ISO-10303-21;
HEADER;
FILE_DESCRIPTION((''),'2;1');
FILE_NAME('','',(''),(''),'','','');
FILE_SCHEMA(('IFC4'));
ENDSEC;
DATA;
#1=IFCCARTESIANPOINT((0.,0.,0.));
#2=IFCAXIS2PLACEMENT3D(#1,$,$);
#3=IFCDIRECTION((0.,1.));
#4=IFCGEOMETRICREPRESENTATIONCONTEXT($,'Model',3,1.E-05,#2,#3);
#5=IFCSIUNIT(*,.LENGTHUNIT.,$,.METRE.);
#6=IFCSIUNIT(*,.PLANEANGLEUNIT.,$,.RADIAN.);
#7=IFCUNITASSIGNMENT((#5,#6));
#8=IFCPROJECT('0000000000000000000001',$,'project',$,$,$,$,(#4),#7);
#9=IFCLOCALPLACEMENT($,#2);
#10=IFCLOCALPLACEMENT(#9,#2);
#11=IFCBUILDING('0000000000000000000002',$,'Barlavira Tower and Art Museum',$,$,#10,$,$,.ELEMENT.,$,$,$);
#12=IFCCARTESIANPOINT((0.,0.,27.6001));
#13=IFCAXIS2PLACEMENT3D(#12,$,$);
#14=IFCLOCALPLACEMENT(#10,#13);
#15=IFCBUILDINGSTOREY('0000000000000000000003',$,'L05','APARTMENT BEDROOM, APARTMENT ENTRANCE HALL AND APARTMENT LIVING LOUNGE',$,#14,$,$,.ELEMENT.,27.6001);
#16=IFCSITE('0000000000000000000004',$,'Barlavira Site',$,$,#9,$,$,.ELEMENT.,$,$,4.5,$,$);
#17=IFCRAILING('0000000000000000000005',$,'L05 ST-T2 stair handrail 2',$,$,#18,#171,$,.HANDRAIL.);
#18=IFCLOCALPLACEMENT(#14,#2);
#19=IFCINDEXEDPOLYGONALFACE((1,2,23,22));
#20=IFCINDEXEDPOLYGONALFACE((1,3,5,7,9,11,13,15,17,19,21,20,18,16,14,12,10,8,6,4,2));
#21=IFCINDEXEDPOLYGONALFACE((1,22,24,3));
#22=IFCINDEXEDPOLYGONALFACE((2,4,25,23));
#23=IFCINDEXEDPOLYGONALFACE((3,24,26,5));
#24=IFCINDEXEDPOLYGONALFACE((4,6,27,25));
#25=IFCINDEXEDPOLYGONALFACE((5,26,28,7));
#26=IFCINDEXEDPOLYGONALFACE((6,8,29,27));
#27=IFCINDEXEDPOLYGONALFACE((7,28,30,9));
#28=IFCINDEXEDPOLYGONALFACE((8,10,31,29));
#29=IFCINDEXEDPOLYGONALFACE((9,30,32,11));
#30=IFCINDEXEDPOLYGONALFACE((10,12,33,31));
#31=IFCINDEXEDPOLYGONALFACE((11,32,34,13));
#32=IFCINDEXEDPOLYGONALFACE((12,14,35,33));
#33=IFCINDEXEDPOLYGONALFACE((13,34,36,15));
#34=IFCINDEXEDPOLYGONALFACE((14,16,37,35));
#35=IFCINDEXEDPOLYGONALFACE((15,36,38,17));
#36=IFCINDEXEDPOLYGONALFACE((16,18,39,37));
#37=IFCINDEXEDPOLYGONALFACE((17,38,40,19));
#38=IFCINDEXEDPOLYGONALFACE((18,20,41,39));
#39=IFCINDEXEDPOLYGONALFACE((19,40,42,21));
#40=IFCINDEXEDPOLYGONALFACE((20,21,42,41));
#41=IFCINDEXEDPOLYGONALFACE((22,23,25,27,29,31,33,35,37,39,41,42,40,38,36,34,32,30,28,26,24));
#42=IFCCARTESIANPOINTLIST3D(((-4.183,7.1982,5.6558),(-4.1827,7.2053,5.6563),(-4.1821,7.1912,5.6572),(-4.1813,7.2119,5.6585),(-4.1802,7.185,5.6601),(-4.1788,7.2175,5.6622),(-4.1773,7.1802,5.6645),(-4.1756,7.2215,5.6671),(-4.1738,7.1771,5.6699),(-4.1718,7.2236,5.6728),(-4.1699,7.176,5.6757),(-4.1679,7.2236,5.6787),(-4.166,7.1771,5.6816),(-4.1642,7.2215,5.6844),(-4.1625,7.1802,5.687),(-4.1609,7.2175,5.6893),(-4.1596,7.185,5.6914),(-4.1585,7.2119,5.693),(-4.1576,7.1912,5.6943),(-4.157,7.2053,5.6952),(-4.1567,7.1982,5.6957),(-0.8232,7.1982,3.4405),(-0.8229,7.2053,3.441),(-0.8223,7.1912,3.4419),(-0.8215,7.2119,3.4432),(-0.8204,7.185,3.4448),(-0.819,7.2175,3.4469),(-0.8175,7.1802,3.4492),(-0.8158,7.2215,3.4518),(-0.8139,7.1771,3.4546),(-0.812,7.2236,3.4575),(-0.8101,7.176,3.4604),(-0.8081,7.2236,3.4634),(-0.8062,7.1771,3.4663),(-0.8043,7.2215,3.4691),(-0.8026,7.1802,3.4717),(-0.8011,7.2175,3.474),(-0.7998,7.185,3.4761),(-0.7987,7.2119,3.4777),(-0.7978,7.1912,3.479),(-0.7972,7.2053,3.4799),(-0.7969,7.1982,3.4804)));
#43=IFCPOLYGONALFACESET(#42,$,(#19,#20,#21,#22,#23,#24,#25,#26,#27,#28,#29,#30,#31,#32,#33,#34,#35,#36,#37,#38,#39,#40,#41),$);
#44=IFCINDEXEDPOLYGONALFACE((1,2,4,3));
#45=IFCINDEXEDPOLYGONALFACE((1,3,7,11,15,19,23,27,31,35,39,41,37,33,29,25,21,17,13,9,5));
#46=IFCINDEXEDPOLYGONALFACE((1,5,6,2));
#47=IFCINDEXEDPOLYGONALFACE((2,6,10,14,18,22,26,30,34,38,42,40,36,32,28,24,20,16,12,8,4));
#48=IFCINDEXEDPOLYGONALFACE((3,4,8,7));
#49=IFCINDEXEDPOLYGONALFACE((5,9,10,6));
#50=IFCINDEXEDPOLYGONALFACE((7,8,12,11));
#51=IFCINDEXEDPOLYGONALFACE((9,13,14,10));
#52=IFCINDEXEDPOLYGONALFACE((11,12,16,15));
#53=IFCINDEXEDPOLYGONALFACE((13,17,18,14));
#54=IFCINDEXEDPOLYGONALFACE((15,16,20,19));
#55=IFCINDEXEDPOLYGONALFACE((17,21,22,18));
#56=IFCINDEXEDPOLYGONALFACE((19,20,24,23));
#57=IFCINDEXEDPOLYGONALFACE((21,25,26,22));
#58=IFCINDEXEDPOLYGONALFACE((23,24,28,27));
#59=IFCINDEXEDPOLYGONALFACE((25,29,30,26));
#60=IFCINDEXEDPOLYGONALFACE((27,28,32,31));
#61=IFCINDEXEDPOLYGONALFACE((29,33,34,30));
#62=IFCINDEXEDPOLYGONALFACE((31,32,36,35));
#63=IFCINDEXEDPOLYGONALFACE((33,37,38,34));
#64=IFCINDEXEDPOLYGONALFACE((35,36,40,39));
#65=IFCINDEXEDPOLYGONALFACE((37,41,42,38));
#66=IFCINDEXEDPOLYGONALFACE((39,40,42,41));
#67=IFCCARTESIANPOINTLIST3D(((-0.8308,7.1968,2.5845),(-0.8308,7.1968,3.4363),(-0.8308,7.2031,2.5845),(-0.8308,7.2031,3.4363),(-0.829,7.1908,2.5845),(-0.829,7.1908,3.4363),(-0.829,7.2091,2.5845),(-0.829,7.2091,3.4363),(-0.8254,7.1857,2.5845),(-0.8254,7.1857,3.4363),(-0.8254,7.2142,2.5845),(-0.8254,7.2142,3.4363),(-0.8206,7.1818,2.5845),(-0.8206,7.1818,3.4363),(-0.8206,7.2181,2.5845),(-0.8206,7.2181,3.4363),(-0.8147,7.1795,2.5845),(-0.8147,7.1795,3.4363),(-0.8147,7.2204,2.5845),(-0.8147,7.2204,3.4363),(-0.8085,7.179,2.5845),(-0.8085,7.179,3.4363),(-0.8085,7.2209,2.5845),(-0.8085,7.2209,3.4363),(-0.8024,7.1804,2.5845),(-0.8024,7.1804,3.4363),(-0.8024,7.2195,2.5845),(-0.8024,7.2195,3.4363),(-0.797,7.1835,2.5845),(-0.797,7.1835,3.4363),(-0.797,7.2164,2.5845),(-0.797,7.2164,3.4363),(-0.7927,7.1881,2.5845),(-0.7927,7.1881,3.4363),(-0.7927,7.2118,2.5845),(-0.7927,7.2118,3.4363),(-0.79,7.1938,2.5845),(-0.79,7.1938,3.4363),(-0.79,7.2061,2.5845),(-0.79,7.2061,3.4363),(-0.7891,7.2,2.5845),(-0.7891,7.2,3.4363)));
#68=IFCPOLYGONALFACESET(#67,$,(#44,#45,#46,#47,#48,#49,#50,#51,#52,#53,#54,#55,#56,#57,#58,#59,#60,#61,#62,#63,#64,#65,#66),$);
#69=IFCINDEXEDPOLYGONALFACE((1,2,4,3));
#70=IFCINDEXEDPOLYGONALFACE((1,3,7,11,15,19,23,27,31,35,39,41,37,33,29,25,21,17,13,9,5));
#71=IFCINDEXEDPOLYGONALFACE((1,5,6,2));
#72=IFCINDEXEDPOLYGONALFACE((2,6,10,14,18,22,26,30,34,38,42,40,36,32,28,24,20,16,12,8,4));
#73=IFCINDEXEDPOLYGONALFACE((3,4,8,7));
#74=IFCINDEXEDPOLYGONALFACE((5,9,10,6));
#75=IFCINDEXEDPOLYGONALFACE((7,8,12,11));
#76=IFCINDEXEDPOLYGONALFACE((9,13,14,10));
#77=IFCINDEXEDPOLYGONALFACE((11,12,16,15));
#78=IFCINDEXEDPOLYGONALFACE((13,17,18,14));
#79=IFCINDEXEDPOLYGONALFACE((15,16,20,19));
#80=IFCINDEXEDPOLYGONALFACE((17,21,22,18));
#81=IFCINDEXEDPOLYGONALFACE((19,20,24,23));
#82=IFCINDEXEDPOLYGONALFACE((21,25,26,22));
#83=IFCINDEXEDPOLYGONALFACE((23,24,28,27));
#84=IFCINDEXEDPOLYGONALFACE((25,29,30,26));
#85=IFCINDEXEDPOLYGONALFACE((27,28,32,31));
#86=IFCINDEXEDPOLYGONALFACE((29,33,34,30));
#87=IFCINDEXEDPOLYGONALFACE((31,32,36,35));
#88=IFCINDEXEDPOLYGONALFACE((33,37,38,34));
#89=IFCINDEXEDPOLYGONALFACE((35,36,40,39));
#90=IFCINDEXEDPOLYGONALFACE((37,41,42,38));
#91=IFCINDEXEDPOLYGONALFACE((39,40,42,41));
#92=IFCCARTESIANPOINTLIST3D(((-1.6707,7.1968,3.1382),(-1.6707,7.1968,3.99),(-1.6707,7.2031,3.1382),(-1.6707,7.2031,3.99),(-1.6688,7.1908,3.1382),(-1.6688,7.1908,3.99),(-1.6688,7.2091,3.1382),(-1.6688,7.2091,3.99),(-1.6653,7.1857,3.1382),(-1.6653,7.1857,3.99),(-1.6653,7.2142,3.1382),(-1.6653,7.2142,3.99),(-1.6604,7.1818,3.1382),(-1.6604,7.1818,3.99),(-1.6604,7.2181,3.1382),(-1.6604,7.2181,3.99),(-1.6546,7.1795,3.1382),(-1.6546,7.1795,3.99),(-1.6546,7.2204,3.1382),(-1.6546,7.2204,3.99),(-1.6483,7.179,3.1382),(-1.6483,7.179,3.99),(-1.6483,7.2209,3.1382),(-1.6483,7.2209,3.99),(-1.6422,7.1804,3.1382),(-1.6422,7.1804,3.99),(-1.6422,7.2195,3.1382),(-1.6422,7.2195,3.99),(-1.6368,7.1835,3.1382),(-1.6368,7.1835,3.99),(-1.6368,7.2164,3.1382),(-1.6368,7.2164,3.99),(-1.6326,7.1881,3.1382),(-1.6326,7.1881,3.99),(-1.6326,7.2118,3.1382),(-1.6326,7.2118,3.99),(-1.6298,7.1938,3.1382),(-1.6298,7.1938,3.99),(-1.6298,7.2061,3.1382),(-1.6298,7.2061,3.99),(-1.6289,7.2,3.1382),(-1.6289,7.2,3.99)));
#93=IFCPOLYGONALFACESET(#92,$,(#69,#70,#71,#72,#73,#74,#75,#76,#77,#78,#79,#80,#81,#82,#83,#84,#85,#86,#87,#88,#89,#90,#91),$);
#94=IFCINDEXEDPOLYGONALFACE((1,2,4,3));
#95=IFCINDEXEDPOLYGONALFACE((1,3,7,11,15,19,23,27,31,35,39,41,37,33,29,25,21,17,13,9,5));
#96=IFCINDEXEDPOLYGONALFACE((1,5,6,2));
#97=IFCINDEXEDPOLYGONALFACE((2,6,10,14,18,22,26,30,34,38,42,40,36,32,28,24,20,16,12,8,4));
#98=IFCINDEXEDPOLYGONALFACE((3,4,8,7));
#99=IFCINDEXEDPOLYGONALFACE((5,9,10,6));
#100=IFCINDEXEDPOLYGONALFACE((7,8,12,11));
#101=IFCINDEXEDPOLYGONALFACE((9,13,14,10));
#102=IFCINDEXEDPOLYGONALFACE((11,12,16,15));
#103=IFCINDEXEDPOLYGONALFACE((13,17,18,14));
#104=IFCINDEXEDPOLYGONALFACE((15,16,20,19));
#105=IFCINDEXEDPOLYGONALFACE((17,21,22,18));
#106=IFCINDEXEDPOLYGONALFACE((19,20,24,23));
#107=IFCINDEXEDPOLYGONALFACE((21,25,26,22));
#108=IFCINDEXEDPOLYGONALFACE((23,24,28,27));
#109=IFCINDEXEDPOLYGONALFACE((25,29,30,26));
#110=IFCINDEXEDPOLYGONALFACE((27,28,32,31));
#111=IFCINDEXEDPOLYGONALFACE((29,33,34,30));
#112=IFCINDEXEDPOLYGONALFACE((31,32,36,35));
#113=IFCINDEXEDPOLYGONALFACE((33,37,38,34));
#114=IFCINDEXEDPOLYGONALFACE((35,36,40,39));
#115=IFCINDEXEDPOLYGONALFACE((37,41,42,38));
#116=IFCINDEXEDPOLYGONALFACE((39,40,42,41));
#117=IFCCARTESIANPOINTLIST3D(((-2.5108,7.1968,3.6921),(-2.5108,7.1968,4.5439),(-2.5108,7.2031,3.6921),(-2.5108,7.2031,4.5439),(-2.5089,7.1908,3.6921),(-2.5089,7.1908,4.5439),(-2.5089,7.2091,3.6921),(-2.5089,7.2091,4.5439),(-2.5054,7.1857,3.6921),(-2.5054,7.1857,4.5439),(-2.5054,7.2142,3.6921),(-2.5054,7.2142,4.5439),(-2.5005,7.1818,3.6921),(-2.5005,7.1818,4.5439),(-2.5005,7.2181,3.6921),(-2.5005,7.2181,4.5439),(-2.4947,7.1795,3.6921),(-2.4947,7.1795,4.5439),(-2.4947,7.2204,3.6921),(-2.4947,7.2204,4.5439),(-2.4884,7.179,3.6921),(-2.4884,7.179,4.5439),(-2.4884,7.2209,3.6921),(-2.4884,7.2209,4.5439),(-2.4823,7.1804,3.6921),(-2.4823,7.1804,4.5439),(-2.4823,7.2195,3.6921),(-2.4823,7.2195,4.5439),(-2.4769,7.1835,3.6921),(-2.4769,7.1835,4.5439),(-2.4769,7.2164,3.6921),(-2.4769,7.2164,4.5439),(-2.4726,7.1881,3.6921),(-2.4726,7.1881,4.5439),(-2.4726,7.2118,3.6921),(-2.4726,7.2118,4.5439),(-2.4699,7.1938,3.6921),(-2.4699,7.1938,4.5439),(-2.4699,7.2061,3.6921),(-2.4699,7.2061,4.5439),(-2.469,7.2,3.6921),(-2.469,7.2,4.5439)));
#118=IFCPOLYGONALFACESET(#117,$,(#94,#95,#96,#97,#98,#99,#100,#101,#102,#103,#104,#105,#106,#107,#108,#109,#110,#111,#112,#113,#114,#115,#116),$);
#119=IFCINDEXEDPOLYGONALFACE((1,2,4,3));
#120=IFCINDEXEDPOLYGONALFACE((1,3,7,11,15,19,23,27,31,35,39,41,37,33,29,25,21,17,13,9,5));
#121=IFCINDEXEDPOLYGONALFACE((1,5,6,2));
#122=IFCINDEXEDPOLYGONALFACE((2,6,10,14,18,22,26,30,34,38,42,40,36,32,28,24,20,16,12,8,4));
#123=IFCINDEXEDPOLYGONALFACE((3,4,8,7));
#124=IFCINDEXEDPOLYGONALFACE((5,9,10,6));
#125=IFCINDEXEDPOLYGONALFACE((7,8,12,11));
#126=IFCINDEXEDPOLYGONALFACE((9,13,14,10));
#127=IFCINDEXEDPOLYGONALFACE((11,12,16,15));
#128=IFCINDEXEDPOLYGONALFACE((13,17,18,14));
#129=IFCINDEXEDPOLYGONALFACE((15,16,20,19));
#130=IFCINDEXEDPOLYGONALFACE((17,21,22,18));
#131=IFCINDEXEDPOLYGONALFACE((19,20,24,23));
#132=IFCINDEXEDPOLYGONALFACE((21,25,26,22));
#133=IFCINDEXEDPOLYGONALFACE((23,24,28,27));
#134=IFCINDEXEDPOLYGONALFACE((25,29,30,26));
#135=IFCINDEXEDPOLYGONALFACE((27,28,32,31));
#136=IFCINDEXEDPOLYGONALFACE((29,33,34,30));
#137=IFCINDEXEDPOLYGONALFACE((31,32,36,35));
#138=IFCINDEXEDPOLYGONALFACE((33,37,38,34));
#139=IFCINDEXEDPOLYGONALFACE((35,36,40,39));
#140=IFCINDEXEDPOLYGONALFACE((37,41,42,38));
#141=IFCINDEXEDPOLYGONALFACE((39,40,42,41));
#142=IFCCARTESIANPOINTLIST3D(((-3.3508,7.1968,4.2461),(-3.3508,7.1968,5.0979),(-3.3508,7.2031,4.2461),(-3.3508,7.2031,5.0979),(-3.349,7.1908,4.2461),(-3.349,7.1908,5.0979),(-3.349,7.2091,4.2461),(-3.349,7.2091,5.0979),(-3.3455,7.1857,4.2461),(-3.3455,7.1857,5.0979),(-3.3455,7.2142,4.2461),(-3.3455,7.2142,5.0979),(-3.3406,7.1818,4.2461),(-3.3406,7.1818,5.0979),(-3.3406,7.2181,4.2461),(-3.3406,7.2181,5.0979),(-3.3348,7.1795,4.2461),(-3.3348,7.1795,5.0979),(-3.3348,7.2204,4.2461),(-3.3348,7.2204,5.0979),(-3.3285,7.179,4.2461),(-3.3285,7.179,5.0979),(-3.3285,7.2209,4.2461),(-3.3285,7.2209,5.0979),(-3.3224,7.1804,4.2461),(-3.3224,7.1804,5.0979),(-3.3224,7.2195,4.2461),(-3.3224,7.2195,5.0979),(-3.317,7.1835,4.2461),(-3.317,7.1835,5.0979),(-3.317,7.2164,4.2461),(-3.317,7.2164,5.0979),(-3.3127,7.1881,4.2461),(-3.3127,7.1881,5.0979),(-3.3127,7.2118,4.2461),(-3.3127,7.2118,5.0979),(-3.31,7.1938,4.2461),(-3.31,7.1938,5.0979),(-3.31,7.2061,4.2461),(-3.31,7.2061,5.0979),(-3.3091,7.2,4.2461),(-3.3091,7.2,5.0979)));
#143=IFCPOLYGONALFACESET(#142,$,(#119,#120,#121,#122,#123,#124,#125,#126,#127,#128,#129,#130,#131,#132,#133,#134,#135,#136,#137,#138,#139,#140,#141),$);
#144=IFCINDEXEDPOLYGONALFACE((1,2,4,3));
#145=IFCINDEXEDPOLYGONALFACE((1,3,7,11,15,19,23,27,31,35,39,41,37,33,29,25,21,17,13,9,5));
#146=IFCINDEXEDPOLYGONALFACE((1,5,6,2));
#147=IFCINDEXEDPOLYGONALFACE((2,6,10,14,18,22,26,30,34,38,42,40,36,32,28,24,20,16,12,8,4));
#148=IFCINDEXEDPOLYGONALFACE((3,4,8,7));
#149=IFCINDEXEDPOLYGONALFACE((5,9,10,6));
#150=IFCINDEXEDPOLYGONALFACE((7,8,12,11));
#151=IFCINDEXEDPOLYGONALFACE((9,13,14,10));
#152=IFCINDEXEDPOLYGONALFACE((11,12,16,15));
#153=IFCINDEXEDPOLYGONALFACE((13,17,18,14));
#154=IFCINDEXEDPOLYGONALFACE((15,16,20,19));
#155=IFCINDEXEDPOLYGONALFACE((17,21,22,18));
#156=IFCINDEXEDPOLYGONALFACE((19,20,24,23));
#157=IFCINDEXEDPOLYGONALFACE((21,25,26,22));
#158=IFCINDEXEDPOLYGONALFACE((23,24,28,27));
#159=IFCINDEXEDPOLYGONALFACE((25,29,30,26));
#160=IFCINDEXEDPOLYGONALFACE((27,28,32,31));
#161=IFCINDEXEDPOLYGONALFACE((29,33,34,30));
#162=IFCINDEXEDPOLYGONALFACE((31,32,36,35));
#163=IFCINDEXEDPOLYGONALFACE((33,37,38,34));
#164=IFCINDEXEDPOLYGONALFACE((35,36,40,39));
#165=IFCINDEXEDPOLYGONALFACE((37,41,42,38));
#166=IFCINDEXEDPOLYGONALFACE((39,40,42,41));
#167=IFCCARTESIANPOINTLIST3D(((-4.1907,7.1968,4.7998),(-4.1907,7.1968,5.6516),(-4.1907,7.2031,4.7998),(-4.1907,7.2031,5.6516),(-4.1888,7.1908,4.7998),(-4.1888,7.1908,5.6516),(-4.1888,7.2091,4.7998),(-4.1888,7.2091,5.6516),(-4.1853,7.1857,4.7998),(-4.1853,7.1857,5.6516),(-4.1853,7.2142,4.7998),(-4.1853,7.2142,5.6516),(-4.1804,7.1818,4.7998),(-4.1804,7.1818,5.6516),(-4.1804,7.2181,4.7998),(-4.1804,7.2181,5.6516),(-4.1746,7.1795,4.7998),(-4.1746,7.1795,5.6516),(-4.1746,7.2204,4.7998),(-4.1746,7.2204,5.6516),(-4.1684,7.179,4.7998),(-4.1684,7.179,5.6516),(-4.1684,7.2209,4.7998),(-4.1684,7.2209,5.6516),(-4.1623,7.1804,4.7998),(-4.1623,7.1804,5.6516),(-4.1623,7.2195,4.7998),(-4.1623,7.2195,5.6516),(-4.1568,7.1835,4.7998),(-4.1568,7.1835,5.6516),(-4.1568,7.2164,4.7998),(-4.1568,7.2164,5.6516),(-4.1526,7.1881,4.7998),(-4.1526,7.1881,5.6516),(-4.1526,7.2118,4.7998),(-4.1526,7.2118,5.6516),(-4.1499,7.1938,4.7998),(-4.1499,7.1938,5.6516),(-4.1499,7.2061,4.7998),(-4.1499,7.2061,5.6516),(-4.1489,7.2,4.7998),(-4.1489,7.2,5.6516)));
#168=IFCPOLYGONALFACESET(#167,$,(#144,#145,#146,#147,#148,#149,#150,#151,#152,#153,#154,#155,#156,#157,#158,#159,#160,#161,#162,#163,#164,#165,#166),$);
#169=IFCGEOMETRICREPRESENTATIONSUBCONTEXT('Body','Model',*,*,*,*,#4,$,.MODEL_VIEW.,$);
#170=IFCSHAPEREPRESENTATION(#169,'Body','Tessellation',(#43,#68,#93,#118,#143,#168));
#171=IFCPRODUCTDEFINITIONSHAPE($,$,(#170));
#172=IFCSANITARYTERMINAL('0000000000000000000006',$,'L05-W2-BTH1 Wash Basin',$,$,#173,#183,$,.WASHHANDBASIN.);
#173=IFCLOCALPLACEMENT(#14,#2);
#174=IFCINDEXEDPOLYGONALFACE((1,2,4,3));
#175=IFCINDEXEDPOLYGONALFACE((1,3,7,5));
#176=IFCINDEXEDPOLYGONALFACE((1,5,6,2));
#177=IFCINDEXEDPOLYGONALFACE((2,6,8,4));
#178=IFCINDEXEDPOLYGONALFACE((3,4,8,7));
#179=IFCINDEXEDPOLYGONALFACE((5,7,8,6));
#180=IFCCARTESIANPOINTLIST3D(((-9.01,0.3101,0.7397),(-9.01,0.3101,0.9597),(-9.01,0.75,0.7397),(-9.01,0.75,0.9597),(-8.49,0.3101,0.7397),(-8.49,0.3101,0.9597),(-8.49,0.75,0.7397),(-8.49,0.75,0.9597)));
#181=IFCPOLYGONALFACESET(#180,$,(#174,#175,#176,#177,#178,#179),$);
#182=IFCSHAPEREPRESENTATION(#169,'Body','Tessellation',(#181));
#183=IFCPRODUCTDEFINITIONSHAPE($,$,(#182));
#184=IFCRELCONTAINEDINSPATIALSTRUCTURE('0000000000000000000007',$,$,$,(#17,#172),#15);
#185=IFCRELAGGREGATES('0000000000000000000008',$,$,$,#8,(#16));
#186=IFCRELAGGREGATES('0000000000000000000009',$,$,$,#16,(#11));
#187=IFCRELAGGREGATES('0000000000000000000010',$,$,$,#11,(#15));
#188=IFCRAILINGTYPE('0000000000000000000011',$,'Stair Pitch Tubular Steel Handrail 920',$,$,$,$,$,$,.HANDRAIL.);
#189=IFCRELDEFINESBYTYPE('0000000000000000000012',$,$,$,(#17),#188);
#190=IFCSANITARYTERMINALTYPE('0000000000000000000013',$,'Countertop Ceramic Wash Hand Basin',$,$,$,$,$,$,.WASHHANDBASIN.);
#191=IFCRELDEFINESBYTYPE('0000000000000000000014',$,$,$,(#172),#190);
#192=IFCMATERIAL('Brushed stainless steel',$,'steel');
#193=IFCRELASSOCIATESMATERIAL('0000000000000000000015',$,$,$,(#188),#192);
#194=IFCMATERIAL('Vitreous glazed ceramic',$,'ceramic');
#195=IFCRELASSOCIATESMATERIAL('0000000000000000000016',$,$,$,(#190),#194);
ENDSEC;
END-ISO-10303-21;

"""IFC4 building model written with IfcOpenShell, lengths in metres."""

from ifc_helpers import new_model, si_unit, direction, frame, origin, origin_2d, place, context, subcontext, project, spatial, rectangle, circle, extrude, material, type_object, element, save


model = new_model("IFC4")

# Units and contexts
model_context = context("Model", 3, precision=1e-05, world=origin(), true_north=direction((0.0, 1.0)))
body_context = subcontext(model_context, "Body", "Model", "MODEL_VIEW")
ifc_project = project(units=[si_unit("LENGTHUNIT", "METRE"), si_unit("PLANEANGLEUNIT", "RADIAN")], contexts=[model_context])

# Site, building, storey
site_placement = place(None, origin())
site = spatial("IfcSite", under=ifc_project, at=site_placement, Name="Barlavira Site", CompositionType="ELEMENT", RefElevation=4.5)
building_placement = place(site_placement, origin())
building = spatial("IfcBuilding", under=site, at=building_placement, Name="Barlavira Tower and Art Museum", CompositionType="ELEMENT")
storey_placement = place(building_placement, frame((0.0, 0.0, 27.6001)))
storey = spatial("IfcBuildingStorey", under=building, at=storey_placement, Name="L05", Description="APARTMENT BEDROOM, APARTMENT ENTRANCE HALL AND APARTMENT LIVING LOUNGE", CompositionType="ELEMENT", Elevation=27.6001)

# Shared definitions
ifc_material_1 = material(Name="Brushed stainless steel", Category="steel")

# Railing
railing_type_1 = type_object("IfcRailingType", Name="Stair Pitch Tubular Steel Handrail 920", PredefinedType="HANDRAIL", material=ifc_material_1)
railing_1_placement = place(storey_placement, frame((-0.8101, 7.2, 2.5845)))
element("IfcRailing", 1, at=railing_1_placement, inside=storey, type_object=railing_type_1, Name="L05 ST-T2 stair handrail 2", PredefinedType="HANDRAIL", context=body_context, shape_type="SweptSolid", body=[
    extrude(circle(Radius=0.0239, at=origin_2d()), frame((0.0, 0.0, 0.876), z_axis=(-0.834858, 0.0, 0.550465), x_axis=(0.0, -1.0, 0.0)), (0.0, 0.0, 1.0), 4.0244),
    extrude(circle(Radius=0.021, at=origin_2d()), origin(), (0.0, 0.0, 1.0), 0.8518),
    extrude(circle(Radius=0.021, at=origin_2d()), frame((-0.8398, 0.0, 0.5537)), (0.0, 0.0, 1.0), 0.8518),
    extrude(circle(Radius=0.021, at=origin_2d()), frame((-1.6799, 0.0, 1.1077)), (0.0, 0.0, 1.0), 0.8518),
    extrude(circle(Radius=0.021, at=origin_2d()), frame((-2.52, 0.0, 1.6616)), (0.0, 0.0, 1.0), 0.8518),
    extrude(circle(Radius=0.021, at=origin_2d()), frame((-3.3599, 0.0, 2.2153)), (0.0, 0.0, 1.0), 0.8518),
])

# Sanitary terminal
ifc_material_2 = material(Name="Vitreous glazed ceramic", Category="ceramic")
sanitary_terminal_type = type_object("IfcSanitaryTerminalType", Name="Countertop Ceramic Wash Hand Basin", PredefinedType="WASHHANDBASIN", material=ifc_material_2)
sanitary_terminal_placement = place(storey_placement, frame((-8.75, 0.53, 0.7397), z_axis=(0.0, 0.0, 1.0), x_axis=(1.0, 0.0, 0.0)))
element("IfcSanitaryTerminal", 2, at=sanitary_terminal_placement, inside=storey, type_object=sanitary_terminal_type, Name="L05-W2-BTH1 Wash Basin", PredefinedType="WASHHANDBASIN", context=body_context, shape_type="SweptSolid", body=[
    extrude(rectangle(XDim=0.52, YDim=0.4399, at=origin_2d()), origin(), (0.0, 0.0, 1.0), 0.22),
])

save(model, "model.ifc")
